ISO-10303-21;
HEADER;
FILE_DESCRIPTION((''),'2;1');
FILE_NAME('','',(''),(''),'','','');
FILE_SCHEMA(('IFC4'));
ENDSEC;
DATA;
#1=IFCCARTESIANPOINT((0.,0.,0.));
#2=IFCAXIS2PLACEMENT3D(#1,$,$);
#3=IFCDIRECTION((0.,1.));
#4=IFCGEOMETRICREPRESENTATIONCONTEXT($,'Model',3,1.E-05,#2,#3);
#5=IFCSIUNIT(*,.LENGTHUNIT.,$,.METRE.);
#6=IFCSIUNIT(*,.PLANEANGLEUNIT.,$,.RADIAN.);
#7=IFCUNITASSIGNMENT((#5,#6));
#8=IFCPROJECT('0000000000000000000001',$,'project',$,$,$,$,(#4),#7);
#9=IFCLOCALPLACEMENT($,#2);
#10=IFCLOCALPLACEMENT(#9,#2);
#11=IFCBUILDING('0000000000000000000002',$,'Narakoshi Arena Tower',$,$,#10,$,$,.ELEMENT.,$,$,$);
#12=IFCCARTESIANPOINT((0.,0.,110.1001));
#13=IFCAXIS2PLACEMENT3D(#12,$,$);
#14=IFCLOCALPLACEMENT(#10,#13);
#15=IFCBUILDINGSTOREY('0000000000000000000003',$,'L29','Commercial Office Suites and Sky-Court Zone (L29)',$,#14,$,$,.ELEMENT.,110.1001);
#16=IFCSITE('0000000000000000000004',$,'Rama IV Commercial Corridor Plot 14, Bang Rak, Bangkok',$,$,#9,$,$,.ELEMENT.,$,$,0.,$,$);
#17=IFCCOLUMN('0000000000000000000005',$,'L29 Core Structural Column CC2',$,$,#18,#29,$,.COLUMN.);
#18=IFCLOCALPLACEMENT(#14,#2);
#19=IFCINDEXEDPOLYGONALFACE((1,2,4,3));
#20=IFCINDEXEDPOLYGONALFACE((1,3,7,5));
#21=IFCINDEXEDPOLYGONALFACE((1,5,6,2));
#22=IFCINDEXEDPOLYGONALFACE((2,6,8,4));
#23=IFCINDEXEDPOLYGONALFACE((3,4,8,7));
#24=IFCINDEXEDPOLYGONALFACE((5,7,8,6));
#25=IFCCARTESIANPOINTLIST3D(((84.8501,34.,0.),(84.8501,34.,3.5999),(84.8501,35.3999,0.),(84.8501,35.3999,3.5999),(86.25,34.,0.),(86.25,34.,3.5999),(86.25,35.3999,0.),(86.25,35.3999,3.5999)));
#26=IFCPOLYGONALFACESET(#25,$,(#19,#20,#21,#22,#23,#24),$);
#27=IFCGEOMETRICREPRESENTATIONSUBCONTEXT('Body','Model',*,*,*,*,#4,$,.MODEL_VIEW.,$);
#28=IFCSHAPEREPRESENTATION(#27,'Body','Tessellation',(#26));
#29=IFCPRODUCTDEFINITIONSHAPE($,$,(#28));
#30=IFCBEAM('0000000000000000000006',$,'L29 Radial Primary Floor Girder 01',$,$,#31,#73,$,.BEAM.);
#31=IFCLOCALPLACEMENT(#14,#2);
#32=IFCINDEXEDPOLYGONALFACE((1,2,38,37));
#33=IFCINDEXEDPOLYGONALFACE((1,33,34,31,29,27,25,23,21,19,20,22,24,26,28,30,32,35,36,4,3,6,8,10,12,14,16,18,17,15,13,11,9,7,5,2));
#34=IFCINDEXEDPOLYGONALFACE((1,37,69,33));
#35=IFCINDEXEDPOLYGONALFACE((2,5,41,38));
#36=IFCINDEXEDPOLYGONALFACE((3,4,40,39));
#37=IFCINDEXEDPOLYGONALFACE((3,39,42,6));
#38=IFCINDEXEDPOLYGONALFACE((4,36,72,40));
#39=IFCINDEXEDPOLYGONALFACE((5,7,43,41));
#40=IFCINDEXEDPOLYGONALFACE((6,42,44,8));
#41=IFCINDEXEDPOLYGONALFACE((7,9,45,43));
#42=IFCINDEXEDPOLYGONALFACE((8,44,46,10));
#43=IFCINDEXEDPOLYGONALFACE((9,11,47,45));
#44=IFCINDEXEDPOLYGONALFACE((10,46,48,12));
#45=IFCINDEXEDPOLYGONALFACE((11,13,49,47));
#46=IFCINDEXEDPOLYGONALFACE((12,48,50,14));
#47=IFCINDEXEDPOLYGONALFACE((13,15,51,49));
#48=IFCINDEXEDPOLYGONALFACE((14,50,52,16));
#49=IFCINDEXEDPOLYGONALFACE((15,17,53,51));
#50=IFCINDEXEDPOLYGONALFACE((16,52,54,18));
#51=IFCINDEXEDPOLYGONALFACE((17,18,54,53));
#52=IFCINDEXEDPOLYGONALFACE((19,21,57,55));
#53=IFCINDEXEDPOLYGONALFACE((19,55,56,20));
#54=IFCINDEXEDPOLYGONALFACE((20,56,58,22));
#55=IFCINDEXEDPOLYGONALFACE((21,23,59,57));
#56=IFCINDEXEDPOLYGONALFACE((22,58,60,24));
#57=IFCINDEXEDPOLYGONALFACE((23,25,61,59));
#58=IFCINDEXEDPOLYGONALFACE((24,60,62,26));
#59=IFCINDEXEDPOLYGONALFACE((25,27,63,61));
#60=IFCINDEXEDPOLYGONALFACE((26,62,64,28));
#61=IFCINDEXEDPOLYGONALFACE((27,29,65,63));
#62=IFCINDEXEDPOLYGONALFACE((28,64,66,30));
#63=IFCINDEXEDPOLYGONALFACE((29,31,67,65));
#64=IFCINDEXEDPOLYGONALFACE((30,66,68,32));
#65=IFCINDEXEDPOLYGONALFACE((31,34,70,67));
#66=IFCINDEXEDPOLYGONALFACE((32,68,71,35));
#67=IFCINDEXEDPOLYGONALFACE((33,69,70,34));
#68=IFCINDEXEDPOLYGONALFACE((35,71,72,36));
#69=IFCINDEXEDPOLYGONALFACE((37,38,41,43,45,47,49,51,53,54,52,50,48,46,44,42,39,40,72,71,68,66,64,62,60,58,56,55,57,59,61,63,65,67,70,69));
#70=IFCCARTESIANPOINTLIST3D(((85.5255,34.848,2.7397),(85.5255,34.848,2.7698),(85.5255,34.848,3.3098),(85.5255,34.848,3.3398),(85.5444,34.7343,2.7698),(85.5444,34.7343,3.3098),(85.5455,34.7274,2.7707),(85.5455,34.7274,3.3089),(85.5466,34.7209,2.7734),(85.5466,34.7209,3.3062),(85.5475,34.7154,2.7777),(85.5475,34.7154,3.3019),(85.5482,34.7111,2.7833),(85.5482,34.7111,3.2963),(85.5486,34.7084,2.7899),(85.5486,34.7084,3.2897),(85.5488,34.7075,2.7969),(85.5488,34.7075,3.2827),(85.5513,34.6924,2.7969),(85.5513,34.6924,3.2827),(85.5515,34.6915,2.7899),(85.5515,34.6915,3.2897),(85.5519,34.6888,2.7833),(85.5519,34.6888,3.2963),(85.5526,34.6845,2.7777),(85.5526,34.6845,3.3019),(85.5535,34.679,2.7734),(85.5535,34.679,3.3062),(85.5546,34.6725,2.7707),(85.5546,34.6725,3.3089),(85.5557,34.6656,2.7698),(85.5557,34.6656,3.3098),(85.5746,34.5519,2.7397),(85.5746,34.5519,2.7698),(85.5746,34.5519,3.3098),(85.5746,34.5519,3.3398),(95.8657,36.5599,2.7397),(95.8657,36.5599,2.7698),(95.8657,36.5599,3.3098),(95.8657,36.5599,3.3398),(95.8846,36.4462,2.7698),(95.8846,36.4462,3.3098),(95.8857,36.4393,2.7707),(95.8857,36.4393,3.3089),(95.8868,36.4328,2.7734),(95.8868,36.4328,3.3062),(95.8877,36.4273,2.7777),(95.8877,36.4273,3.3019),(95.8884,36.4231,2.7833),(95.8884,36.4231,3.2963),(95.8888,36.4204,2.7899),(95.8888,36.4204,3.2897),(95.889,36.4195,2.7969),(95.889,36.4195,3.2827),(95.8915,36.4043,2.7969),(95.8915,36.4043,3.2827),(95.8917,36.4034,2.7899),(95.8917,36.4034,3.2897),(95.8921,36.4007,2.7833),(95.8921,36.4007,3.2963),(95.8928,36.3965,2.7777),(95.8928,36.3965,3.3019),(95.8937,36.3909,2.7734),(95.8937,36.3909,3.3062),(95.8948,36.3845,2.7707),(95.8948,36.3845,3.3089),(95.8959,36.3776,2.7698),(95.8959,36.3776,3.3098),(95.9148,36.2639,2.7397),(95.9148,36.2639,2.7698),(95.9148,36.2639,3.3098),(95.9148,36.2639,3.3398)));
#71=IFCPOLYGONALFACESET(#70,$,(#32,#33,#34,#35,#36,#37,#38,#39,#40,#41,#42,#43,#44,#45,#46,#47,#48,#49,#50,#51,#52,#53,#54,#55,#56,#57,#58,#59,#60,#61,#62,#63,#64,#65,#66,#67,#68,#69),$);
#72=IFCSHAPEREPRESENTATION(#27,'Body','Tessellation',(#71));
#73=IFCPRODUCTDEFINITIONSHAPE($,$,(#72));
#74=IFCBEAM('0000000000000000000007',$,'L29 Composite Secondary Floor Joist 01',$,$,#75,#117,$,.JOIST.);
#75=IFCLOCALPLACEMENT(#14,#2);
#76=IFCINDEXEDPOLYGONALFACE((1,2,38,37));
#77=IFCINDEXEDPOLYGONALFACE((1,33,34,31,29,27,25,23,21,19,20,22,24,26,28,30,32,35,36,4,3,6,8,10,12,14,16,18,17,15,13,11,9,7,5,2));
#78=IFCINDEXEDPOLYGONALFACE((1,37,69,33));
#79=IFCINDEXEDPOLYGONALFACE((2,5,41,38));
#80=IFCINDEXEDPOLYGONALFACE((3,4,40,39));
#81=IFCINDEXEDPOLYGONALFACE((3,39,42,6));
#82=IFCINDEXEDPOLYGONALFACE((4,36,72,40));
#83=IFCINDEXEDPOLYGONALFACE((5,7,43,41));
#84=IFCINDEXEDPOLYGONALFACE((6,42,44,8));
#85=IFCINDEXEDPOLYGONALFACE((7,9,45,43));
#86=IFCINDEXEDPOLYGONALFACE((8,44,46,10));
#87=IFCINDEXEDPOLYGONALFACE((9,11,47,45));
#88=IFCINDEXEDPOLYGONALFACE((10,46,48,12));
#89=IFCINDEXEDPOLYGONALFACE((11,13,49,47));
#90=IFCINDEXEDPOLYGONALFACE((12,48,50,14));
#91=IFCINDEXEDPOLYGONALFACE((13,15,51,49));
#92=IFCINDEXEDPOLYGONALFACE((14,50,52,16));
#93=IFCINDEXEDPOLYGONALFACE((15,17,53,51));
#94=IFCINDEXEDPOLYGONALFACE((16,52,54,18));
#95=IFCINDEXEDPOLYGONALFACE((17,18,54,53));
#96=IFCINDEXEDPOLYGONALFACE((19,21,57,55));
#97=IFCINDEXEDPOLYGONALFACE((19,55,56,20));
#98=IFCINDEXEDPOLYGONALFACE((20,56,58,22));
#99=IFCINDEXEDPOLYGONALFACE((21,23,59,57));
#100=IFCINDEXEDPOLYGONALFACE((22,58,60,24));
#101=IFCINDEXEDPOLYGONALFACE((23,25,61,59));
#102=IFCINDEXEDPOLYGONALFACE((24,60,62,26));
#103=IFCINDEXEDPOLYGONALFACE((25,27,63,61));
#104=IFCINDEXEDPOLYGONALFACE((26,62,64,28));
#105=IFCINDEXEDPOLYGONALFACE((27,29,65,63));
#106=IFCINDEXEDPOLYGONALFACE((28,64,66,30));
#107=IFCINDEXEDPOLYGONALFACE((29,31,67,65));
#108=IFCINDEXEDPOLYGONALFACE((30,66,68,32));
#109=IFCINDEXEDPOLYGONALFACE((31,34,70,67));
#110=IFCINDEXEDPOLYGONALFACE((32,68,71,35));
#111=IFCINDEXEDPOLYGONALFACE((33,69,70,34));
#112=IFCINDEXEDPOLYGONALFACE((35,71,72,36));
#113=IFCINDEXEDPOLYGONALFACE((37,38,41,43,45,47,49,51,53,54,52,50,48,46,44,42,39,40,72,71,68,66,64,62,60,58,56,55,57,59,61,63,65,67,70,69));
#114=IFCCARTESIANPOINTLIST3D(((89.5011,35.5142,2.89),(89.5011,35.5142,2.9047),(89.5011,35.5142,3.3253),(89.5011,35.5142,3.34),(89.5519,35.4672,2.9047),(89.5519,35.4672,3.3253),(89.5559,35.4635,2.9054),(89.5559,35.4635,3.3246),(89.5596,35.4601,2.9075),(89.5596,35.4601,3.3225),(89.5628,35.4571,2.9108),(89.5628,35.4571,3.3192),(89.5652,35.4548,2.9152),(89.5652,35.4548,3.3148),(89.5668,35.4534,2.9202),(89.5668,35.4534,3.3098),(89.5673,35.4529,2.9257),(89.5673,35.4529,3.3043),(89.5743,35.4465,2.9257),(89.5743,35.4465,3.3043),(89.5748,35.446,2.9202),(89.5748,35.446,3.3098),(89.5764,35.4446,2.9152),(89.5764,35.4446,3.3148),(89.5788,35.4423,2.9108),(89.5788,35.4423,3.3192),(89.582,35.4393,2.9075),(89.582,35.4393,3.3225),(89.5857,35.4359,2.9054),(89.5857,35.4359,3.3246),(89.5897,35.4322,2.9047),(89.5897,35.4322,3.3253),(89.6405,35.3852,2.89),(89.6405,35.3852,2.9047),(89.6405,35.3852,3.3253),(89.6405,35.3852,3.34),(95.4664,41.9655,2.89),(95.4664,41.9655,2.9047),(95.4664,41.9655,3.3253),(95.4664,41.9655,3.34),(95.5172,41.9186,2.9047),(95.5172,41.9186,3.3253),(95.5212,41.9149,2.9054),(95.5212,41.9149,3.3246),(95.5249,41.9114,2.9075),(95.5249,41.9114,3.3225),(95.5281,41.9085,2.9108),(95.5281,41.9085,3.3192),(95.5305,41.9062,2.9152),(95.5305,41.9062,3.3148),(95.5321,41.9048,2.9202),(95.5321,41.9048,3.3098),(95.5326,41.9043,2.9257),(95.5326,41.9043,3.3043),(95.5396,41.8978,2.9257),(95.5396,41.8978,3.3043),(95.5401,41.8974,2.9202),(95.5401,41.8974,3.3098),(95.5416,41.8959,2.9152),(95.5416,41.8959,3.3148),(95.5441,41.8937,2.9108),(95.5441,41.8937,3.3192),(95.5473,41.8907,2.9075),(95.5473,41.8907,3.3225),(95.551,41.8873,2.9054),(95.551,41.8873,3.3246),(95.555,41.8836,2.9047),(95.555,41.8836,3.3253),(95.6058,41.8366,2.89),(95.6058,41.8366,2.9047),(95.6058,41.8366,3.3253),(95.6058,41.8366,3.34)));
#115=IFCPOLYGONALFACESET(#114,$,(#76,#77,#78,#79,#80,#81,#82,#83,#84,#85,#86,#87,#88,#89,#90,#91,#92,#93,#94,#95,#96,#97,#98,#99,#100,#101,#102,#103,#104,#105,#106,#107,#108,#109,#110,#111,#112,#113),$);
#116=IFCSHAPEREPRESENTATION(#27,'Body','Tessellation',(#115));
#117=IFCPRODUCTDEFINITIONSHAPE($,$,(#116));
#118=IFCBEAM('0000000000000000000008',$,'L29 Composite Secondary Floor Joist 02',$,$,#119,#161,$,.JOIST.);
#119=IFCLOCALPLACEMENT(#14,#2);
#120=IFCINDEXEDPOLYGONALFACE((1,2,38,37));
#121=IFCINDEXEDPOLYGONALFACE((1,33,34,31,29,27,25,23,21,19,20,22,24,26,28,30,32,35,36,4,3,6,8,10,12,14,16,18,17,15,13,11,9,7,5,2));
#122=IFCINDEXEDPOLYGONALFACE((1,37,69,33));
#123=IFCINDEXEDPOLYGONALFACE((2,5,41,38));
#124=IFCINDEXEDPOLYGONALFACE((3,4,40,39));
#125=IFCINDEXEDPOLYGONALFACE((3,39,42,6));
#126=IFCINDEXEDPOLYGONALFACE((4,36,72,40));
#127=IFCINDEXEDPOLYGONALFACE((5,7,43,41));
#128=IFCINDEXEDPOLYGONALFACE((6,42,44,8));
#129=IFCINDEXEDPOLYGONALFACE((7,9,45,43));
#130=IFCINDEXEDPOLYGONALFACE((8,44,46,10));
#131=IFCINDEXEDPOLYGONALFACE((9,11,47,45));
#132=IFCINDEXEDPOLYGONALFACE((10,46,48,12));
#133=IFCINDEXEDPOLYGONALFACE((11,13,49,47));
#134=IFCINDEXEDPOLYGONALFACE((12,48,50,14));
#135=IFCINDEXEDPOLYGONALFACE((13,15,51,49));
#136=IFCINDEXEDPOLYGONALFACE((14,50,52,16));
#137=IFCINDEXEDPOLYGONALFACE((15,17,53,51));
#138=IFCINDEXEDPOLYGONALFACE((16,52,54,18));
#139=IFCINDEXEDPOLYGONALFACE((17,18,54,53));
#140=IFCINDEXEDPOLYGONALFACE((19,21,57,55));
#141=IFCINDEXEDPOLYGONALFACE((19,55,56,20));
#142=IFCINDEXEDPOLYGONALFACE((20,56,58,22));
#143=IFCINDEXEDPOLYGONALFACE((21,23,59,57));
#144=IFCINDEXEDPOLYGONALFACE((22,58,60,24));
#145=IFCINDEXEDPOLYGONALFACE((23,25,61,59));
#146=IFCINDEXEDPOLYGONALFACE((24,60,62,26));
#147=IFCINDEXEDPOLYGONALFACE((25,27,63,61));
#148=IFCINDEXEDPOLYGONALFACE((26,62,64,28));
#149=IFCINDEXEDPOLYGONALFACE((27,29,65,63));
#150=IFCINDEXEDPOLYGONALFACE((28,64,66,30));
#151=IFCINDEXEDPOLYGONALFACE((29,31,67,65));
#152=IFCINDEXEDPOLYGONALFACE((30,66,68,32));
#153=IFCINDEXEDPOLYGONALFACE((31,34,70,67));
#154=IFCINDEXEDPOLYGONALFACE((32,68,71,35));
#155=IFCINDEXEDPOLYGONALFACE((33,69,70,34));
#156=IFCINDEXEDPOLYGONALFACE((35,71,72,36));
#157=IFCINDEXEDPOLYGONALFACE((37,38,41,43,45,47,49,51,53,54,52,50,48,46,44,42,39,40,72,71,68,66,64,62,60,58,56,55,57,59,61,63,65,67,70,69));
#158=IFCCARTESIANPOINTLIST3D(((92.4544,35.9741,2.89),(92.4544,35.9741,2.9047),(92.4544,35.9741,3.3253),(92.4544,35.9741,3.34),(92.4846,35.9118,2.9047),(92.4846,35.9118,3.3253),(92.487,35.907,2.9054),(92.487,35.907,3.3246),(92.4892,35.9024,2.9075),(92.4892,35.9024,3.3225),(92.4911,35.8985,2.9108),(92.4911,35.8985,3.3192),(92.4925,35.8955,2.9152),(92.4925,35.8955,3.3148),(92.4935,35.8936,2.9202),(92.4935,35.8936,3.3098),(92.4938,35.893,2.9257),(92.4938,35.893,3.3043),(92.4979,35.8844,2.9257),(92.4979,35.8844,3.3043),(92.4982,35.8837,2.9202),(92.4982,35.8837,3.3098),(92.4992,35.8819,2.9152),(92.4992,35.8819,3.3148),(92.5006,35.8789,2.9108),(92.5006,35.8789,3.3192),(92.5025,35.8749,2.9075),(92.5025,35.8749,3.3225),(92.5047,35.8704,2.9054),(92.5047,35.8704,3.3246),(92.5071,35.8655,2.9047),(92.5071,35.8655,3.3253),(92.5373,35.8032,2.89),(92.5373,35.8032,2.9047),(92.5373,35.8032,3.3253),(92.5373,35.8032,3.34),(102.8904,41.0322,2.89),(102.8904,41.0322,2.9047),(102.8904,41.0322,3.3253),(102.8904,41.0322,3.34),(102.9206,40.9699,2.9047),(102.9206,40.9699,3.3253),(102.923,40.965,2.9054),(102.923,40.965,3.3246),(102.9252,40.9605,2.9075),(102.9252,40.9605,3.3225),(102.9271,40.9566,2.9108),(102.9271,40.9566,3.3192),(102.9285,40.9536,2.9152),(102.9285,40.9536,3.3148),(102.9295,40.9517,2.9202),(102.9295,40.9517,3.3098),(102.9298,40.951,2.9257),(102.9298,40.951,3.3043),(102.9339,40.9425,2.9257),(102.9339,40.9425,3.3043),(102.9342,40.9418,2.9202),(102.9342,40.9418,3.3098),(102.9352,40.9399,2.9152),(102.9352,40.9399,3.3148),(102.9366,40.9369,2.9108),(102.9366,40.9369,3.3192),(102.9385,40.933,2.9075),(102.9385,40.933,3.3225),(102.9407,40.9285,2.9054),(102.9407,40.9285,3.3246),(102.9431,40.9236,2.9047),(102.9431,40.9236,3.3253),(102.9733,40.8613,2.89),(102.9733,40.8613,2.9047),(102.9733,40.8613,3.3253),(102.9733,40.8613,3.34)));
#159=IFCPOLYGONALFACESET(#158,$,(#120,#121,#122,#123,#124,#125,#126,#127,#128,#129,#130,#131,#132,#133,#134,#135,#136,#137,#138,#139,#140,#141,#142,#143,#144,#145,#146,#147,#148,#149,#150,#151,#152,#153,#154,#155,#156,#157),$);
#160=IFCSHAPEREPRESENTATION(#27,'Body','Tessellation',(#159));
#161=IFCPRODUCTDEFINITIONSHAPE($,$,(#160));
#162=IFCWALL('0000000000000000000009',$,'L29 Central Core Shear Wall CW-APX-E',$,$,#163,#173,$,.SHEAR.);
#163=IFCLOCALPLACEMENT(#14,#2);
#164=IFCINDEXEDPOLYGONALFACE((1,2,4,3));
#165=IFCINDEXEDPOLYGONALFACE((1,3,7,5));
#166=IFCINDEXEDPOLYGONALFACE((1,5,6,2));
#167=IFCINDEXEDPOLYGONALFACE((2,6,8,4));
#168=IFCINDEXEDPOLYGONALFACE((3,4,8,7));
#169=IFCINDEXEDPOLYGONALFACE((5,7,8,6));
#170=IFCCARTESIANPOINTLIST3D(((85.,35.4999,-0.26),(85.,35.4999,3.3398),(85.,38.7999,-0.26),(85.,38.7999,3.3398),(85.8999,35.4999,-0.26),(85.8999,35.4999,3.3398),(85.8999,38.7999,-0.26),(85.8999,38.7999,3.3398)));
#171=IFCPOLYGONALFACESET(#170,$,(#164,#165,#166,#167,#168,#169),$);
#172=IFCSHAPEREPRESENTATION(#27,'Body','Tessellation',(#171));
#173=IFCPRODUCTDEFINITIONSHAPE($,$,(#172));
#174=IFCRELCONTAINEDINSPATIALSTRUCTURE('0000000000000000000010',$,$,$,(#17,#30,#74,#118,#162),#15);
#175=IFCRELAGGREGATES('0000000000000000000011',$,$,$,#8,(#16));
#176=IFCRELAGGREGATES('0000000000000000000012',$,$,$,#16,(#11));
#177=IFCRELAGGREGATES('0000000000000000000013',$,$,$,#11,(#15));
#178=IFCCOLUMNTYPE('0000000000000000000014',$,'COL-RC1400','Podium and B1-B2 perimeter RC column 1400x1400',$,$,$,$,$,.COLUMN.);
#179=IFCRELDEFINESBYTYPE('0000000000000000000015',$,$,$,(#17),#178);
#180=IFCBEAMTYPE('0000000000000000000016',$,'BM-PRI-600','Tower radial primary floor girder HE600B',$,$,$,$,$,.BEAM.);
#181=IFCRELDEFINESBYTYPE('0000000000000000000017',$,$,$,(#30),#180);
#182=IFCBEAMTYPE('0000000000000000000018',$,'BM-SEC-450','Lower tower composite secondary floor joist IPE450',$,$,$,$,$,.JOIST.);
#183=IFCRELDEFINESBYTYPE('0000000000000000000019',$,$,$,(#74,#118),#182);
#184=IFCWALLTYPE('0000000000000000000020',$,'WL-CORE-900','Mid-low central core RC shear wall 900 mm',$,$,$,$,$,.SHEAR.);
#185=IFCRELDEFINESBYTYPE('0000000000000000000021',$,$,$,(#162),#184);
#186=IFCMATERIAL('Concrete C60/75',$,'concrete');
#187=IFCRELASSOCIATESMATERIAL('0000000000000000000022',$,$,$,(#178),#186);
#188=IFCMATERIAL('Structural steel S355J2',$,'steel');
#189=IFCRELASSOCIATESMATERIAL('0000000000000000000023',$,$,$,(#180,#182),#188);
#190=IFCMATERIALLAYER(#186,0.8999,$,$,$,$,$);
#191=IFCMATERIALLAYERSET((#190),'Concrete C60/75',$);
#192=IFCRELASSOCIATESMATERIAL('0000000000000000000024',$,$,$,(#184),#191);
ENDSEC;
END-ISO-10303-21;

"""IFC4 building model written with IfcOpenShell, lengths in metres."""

from ifc_helpers import new_model, si_unit, direction, frame, frame_2d, origin, origin_2d, place, context, subcontext, project, spatial, rectangle, i_section, extrude, material, layer, layer_set, material_profile, profile_set, type_object, element, save


model = new_model("IFC4")

# Units and contexts
model_context = context("Model", 3, precision=1e-05, world=origin(), true_north=direction((0.0, 1.0)))
body_context = subcontext(model_context, "Body", "Model", "MODEL_VIEW")
ifc_project = project(units=[si_unit("LENGTHUNIT", "METRE"), si_unit("PLANEANGLEUNIT", "RADIAN")], contexts=[model_context])

# Site, building, storey
site_placement = place(None, origin())
site = spatial("IfcSite", under=ifc_project, at=site_placement, Name="Rama IV Commercial Corridor Plot 14, Bang Rak, Bangkok", CompositionType="ELEMENT", RefElevation=0.0)
building_placement = place(site_placement, origin())
building = spatial("IfcBuilding", under=site, at=building_placement, Name="Narakoshi Arena Tower", CompositionType="ELEMENT")
storey_placement = place(building_placement, frame((0.0, 0.0, 110.1001)))
storey = spatial("IfcBuildingStorey", under=building, at=storey_placement, Name="L29", Description="Commercial Office Suites and Sky-Court Zone (L29)", CompositionType="ELEMENT", Elevation=110.1001)

# Column
ifc_material_1 = material(Name="Concrete C60/75", Category="concrete")
ifc_material_profile_1 = material_profile(ifc_material_1, rectangle(XDim=1.3999, YDim=1.3999, at=origin_2d()), Name="RC1400x1400")
ifc_profile_set_1 = profile_set([ifc_material_profile_1], Name="Concrete C60/75")
column_type = type_object("IfcColumnType", Name="COL-RC1400", Description="Podium and B1-B2 perimeter RC column 1400x1400", PredefinedType="COLUMN", material=ifc_profile_set_1)
column_placement = place(storey_placement, frame((85.55, 34.7, 0.0), z_axis=(0.0, 0.0, 1.0), x_axis=(1.0, 0.0, 0.0)))
element("IfcColumn", 1, at=column_placement, inside=storey, type_object=column_type, Name="L29 Core Structural Column CC2", PredefinedType="COLUMN", context=body_context, shape_type="SweptSolid", body=[
    extrude(rectangle(XDim=1.3999, YDim=1.3999, at=origin_2d()), origin(), (0.0, 0.0, 1.0), 3.5999),
])

# Beams
ifc_material_2 = material(Name="Structural steel S355J2", Category="steel")
ifc_material_profile_2 = material_profile(ifc_material_2, i_section(OverallWidth=0.3, OverallDepth=0.6001, WebThickness=0.0154, FlangeThickness=0.03, FilletRadius=0.0271, at=origin_2d()), Name="HE600B")
ifc_profile_set_2 = profile_set([ifc_material_profile_2], Name="Structural steel S355J2")
beam_type_1 = type_object("IfcBeamType", Name="BM-PRI-600", Description="Tower radial primary floor girder HE600B", PredefinedType="BEAM", material=ifc_profile_set_2)
beam_1_placement = place(storey_placement, frame((85.55, 34.7, 3.0398), z_axis=(0.98657, 0.163337, 0.0), x_axis=(-0.163337, 0.98657, 0.0)))
element("IfcBeam", 2, at=beam_1_placement, inside=storey, type_object=beam_type_1, Name="L29 Radial Primary Floor Girder 01", PredefinedType="BEAM", context=body_context, shape_type="SweptSolid", body=[
    extrude(i_section(OverallWidth=0.3, OverallDepth=0.6001, WebThickness=0.0154, FlangeThickness=0.03, FilletRadius=0.0271, at=origin_2d()), origin(), (0.0, 0.0, 1.0), 10.481),
])
ifc_material_profile_3 = material_profile(ifc_material_2, i_section(OverallWidth=0.1899, OverallDepth=0.45, WebThickness=0.0095, FlangeThickness=0.0146, FilletRadius=0.021, at=origin_2d()), Name="IPE450")
ifc_profile_set_3 = profile_set([ifc_material_profile_3], Name="Structural steel S355J2")
beam_type_2 = type_object("IfcBeamType", Name="BM-SEC-450", Description="Lower tower composite secondary floor joist IPE450", PredefinedType="JOIST", material=ifc_profile_set_3)
beam_2_placement = place(storey_placement, frame((89.5708, 35.4497, 3.115), z_axis=(0.678905, 0.734226, 0.0), x_axis=(-0.734226, 0.678905, 0.0)))
element("IfcBeam", 3, at=beam_2_placement, inside=storey, type_object=beam_type_2, Name="L29 Composite Secondary Floor Joist 01", PredefinedType="JOIST", context=body_context, shape_type="SweptSolid", body=[
    extrude(i_section(OverallWidth=0.1899, OverallDepth=0.45, WebThickness=0.0095, FlangeThickness=0.0146, FilletRadius=0.021, at=origin_2d()), origin(), (0.0, 0.0, 1.0), 8.7866),
])
beam_3_placement = place(storey_placement, frame((92.4958, 35.8887, 3.115), z_axis=(0.899875, 0.436149, 0.0), x_axis=(-0.436149, 0.899875, 0.0)))
element("IfcBeam", 4, at=beam_3_placement, inside=storey, type_object=beam_type_2, Name="L29 Composite Secondary Floor Joist 02", PredefinedType="JOIST", context=body_context, shape_type="SweptSolid", body=[
    extrude(i_section(OverallWidth=0.1899, OverallDepth=0.45, WebThickness=0.0095, FlangeThickness=0.0146, FilletRadius=0.021, at=origin_2d()), origin(), (0.0, 0.0, 1.0), 11.5972),
])

# Wall
ifc_layer_1 = layer(ifc_material_1, 0.8999)
ifc_layer_set_1 = layer_set([ifc_layer_1], Name="Concrete C60/75")
wall_type_1 = type_object("IfcWallType", Name="WL-CORE-900", Description="Mid-low central core RC shear wall 900 mm", PredefinedType="SHEAR", material=ifc_layer_set_1)
wall_1_placement = place(storey_placement, frame((85.45, 35.5, -0.26), z_axis=(0.0, 0.0, 1.0), x_axis=(0.0, 1.0, 0.0)))
element("IfcWall", 5, at=wall_1_placement, inside=storey, type_object=wall_type_1, Name="L29 Central Core Shear Wall CW-APX-E", PredefinedType="SHEAR", context=body_context, shape_type="SweptSolid", body=[
    extrude(rectangle(XDim=3.3, YDim=0.8999, at=frame_2d((1.6499, 0.0))), origin(), (0.0, 0.0, 1.0), 3.5999),
])

save(model, "model.ifc")
